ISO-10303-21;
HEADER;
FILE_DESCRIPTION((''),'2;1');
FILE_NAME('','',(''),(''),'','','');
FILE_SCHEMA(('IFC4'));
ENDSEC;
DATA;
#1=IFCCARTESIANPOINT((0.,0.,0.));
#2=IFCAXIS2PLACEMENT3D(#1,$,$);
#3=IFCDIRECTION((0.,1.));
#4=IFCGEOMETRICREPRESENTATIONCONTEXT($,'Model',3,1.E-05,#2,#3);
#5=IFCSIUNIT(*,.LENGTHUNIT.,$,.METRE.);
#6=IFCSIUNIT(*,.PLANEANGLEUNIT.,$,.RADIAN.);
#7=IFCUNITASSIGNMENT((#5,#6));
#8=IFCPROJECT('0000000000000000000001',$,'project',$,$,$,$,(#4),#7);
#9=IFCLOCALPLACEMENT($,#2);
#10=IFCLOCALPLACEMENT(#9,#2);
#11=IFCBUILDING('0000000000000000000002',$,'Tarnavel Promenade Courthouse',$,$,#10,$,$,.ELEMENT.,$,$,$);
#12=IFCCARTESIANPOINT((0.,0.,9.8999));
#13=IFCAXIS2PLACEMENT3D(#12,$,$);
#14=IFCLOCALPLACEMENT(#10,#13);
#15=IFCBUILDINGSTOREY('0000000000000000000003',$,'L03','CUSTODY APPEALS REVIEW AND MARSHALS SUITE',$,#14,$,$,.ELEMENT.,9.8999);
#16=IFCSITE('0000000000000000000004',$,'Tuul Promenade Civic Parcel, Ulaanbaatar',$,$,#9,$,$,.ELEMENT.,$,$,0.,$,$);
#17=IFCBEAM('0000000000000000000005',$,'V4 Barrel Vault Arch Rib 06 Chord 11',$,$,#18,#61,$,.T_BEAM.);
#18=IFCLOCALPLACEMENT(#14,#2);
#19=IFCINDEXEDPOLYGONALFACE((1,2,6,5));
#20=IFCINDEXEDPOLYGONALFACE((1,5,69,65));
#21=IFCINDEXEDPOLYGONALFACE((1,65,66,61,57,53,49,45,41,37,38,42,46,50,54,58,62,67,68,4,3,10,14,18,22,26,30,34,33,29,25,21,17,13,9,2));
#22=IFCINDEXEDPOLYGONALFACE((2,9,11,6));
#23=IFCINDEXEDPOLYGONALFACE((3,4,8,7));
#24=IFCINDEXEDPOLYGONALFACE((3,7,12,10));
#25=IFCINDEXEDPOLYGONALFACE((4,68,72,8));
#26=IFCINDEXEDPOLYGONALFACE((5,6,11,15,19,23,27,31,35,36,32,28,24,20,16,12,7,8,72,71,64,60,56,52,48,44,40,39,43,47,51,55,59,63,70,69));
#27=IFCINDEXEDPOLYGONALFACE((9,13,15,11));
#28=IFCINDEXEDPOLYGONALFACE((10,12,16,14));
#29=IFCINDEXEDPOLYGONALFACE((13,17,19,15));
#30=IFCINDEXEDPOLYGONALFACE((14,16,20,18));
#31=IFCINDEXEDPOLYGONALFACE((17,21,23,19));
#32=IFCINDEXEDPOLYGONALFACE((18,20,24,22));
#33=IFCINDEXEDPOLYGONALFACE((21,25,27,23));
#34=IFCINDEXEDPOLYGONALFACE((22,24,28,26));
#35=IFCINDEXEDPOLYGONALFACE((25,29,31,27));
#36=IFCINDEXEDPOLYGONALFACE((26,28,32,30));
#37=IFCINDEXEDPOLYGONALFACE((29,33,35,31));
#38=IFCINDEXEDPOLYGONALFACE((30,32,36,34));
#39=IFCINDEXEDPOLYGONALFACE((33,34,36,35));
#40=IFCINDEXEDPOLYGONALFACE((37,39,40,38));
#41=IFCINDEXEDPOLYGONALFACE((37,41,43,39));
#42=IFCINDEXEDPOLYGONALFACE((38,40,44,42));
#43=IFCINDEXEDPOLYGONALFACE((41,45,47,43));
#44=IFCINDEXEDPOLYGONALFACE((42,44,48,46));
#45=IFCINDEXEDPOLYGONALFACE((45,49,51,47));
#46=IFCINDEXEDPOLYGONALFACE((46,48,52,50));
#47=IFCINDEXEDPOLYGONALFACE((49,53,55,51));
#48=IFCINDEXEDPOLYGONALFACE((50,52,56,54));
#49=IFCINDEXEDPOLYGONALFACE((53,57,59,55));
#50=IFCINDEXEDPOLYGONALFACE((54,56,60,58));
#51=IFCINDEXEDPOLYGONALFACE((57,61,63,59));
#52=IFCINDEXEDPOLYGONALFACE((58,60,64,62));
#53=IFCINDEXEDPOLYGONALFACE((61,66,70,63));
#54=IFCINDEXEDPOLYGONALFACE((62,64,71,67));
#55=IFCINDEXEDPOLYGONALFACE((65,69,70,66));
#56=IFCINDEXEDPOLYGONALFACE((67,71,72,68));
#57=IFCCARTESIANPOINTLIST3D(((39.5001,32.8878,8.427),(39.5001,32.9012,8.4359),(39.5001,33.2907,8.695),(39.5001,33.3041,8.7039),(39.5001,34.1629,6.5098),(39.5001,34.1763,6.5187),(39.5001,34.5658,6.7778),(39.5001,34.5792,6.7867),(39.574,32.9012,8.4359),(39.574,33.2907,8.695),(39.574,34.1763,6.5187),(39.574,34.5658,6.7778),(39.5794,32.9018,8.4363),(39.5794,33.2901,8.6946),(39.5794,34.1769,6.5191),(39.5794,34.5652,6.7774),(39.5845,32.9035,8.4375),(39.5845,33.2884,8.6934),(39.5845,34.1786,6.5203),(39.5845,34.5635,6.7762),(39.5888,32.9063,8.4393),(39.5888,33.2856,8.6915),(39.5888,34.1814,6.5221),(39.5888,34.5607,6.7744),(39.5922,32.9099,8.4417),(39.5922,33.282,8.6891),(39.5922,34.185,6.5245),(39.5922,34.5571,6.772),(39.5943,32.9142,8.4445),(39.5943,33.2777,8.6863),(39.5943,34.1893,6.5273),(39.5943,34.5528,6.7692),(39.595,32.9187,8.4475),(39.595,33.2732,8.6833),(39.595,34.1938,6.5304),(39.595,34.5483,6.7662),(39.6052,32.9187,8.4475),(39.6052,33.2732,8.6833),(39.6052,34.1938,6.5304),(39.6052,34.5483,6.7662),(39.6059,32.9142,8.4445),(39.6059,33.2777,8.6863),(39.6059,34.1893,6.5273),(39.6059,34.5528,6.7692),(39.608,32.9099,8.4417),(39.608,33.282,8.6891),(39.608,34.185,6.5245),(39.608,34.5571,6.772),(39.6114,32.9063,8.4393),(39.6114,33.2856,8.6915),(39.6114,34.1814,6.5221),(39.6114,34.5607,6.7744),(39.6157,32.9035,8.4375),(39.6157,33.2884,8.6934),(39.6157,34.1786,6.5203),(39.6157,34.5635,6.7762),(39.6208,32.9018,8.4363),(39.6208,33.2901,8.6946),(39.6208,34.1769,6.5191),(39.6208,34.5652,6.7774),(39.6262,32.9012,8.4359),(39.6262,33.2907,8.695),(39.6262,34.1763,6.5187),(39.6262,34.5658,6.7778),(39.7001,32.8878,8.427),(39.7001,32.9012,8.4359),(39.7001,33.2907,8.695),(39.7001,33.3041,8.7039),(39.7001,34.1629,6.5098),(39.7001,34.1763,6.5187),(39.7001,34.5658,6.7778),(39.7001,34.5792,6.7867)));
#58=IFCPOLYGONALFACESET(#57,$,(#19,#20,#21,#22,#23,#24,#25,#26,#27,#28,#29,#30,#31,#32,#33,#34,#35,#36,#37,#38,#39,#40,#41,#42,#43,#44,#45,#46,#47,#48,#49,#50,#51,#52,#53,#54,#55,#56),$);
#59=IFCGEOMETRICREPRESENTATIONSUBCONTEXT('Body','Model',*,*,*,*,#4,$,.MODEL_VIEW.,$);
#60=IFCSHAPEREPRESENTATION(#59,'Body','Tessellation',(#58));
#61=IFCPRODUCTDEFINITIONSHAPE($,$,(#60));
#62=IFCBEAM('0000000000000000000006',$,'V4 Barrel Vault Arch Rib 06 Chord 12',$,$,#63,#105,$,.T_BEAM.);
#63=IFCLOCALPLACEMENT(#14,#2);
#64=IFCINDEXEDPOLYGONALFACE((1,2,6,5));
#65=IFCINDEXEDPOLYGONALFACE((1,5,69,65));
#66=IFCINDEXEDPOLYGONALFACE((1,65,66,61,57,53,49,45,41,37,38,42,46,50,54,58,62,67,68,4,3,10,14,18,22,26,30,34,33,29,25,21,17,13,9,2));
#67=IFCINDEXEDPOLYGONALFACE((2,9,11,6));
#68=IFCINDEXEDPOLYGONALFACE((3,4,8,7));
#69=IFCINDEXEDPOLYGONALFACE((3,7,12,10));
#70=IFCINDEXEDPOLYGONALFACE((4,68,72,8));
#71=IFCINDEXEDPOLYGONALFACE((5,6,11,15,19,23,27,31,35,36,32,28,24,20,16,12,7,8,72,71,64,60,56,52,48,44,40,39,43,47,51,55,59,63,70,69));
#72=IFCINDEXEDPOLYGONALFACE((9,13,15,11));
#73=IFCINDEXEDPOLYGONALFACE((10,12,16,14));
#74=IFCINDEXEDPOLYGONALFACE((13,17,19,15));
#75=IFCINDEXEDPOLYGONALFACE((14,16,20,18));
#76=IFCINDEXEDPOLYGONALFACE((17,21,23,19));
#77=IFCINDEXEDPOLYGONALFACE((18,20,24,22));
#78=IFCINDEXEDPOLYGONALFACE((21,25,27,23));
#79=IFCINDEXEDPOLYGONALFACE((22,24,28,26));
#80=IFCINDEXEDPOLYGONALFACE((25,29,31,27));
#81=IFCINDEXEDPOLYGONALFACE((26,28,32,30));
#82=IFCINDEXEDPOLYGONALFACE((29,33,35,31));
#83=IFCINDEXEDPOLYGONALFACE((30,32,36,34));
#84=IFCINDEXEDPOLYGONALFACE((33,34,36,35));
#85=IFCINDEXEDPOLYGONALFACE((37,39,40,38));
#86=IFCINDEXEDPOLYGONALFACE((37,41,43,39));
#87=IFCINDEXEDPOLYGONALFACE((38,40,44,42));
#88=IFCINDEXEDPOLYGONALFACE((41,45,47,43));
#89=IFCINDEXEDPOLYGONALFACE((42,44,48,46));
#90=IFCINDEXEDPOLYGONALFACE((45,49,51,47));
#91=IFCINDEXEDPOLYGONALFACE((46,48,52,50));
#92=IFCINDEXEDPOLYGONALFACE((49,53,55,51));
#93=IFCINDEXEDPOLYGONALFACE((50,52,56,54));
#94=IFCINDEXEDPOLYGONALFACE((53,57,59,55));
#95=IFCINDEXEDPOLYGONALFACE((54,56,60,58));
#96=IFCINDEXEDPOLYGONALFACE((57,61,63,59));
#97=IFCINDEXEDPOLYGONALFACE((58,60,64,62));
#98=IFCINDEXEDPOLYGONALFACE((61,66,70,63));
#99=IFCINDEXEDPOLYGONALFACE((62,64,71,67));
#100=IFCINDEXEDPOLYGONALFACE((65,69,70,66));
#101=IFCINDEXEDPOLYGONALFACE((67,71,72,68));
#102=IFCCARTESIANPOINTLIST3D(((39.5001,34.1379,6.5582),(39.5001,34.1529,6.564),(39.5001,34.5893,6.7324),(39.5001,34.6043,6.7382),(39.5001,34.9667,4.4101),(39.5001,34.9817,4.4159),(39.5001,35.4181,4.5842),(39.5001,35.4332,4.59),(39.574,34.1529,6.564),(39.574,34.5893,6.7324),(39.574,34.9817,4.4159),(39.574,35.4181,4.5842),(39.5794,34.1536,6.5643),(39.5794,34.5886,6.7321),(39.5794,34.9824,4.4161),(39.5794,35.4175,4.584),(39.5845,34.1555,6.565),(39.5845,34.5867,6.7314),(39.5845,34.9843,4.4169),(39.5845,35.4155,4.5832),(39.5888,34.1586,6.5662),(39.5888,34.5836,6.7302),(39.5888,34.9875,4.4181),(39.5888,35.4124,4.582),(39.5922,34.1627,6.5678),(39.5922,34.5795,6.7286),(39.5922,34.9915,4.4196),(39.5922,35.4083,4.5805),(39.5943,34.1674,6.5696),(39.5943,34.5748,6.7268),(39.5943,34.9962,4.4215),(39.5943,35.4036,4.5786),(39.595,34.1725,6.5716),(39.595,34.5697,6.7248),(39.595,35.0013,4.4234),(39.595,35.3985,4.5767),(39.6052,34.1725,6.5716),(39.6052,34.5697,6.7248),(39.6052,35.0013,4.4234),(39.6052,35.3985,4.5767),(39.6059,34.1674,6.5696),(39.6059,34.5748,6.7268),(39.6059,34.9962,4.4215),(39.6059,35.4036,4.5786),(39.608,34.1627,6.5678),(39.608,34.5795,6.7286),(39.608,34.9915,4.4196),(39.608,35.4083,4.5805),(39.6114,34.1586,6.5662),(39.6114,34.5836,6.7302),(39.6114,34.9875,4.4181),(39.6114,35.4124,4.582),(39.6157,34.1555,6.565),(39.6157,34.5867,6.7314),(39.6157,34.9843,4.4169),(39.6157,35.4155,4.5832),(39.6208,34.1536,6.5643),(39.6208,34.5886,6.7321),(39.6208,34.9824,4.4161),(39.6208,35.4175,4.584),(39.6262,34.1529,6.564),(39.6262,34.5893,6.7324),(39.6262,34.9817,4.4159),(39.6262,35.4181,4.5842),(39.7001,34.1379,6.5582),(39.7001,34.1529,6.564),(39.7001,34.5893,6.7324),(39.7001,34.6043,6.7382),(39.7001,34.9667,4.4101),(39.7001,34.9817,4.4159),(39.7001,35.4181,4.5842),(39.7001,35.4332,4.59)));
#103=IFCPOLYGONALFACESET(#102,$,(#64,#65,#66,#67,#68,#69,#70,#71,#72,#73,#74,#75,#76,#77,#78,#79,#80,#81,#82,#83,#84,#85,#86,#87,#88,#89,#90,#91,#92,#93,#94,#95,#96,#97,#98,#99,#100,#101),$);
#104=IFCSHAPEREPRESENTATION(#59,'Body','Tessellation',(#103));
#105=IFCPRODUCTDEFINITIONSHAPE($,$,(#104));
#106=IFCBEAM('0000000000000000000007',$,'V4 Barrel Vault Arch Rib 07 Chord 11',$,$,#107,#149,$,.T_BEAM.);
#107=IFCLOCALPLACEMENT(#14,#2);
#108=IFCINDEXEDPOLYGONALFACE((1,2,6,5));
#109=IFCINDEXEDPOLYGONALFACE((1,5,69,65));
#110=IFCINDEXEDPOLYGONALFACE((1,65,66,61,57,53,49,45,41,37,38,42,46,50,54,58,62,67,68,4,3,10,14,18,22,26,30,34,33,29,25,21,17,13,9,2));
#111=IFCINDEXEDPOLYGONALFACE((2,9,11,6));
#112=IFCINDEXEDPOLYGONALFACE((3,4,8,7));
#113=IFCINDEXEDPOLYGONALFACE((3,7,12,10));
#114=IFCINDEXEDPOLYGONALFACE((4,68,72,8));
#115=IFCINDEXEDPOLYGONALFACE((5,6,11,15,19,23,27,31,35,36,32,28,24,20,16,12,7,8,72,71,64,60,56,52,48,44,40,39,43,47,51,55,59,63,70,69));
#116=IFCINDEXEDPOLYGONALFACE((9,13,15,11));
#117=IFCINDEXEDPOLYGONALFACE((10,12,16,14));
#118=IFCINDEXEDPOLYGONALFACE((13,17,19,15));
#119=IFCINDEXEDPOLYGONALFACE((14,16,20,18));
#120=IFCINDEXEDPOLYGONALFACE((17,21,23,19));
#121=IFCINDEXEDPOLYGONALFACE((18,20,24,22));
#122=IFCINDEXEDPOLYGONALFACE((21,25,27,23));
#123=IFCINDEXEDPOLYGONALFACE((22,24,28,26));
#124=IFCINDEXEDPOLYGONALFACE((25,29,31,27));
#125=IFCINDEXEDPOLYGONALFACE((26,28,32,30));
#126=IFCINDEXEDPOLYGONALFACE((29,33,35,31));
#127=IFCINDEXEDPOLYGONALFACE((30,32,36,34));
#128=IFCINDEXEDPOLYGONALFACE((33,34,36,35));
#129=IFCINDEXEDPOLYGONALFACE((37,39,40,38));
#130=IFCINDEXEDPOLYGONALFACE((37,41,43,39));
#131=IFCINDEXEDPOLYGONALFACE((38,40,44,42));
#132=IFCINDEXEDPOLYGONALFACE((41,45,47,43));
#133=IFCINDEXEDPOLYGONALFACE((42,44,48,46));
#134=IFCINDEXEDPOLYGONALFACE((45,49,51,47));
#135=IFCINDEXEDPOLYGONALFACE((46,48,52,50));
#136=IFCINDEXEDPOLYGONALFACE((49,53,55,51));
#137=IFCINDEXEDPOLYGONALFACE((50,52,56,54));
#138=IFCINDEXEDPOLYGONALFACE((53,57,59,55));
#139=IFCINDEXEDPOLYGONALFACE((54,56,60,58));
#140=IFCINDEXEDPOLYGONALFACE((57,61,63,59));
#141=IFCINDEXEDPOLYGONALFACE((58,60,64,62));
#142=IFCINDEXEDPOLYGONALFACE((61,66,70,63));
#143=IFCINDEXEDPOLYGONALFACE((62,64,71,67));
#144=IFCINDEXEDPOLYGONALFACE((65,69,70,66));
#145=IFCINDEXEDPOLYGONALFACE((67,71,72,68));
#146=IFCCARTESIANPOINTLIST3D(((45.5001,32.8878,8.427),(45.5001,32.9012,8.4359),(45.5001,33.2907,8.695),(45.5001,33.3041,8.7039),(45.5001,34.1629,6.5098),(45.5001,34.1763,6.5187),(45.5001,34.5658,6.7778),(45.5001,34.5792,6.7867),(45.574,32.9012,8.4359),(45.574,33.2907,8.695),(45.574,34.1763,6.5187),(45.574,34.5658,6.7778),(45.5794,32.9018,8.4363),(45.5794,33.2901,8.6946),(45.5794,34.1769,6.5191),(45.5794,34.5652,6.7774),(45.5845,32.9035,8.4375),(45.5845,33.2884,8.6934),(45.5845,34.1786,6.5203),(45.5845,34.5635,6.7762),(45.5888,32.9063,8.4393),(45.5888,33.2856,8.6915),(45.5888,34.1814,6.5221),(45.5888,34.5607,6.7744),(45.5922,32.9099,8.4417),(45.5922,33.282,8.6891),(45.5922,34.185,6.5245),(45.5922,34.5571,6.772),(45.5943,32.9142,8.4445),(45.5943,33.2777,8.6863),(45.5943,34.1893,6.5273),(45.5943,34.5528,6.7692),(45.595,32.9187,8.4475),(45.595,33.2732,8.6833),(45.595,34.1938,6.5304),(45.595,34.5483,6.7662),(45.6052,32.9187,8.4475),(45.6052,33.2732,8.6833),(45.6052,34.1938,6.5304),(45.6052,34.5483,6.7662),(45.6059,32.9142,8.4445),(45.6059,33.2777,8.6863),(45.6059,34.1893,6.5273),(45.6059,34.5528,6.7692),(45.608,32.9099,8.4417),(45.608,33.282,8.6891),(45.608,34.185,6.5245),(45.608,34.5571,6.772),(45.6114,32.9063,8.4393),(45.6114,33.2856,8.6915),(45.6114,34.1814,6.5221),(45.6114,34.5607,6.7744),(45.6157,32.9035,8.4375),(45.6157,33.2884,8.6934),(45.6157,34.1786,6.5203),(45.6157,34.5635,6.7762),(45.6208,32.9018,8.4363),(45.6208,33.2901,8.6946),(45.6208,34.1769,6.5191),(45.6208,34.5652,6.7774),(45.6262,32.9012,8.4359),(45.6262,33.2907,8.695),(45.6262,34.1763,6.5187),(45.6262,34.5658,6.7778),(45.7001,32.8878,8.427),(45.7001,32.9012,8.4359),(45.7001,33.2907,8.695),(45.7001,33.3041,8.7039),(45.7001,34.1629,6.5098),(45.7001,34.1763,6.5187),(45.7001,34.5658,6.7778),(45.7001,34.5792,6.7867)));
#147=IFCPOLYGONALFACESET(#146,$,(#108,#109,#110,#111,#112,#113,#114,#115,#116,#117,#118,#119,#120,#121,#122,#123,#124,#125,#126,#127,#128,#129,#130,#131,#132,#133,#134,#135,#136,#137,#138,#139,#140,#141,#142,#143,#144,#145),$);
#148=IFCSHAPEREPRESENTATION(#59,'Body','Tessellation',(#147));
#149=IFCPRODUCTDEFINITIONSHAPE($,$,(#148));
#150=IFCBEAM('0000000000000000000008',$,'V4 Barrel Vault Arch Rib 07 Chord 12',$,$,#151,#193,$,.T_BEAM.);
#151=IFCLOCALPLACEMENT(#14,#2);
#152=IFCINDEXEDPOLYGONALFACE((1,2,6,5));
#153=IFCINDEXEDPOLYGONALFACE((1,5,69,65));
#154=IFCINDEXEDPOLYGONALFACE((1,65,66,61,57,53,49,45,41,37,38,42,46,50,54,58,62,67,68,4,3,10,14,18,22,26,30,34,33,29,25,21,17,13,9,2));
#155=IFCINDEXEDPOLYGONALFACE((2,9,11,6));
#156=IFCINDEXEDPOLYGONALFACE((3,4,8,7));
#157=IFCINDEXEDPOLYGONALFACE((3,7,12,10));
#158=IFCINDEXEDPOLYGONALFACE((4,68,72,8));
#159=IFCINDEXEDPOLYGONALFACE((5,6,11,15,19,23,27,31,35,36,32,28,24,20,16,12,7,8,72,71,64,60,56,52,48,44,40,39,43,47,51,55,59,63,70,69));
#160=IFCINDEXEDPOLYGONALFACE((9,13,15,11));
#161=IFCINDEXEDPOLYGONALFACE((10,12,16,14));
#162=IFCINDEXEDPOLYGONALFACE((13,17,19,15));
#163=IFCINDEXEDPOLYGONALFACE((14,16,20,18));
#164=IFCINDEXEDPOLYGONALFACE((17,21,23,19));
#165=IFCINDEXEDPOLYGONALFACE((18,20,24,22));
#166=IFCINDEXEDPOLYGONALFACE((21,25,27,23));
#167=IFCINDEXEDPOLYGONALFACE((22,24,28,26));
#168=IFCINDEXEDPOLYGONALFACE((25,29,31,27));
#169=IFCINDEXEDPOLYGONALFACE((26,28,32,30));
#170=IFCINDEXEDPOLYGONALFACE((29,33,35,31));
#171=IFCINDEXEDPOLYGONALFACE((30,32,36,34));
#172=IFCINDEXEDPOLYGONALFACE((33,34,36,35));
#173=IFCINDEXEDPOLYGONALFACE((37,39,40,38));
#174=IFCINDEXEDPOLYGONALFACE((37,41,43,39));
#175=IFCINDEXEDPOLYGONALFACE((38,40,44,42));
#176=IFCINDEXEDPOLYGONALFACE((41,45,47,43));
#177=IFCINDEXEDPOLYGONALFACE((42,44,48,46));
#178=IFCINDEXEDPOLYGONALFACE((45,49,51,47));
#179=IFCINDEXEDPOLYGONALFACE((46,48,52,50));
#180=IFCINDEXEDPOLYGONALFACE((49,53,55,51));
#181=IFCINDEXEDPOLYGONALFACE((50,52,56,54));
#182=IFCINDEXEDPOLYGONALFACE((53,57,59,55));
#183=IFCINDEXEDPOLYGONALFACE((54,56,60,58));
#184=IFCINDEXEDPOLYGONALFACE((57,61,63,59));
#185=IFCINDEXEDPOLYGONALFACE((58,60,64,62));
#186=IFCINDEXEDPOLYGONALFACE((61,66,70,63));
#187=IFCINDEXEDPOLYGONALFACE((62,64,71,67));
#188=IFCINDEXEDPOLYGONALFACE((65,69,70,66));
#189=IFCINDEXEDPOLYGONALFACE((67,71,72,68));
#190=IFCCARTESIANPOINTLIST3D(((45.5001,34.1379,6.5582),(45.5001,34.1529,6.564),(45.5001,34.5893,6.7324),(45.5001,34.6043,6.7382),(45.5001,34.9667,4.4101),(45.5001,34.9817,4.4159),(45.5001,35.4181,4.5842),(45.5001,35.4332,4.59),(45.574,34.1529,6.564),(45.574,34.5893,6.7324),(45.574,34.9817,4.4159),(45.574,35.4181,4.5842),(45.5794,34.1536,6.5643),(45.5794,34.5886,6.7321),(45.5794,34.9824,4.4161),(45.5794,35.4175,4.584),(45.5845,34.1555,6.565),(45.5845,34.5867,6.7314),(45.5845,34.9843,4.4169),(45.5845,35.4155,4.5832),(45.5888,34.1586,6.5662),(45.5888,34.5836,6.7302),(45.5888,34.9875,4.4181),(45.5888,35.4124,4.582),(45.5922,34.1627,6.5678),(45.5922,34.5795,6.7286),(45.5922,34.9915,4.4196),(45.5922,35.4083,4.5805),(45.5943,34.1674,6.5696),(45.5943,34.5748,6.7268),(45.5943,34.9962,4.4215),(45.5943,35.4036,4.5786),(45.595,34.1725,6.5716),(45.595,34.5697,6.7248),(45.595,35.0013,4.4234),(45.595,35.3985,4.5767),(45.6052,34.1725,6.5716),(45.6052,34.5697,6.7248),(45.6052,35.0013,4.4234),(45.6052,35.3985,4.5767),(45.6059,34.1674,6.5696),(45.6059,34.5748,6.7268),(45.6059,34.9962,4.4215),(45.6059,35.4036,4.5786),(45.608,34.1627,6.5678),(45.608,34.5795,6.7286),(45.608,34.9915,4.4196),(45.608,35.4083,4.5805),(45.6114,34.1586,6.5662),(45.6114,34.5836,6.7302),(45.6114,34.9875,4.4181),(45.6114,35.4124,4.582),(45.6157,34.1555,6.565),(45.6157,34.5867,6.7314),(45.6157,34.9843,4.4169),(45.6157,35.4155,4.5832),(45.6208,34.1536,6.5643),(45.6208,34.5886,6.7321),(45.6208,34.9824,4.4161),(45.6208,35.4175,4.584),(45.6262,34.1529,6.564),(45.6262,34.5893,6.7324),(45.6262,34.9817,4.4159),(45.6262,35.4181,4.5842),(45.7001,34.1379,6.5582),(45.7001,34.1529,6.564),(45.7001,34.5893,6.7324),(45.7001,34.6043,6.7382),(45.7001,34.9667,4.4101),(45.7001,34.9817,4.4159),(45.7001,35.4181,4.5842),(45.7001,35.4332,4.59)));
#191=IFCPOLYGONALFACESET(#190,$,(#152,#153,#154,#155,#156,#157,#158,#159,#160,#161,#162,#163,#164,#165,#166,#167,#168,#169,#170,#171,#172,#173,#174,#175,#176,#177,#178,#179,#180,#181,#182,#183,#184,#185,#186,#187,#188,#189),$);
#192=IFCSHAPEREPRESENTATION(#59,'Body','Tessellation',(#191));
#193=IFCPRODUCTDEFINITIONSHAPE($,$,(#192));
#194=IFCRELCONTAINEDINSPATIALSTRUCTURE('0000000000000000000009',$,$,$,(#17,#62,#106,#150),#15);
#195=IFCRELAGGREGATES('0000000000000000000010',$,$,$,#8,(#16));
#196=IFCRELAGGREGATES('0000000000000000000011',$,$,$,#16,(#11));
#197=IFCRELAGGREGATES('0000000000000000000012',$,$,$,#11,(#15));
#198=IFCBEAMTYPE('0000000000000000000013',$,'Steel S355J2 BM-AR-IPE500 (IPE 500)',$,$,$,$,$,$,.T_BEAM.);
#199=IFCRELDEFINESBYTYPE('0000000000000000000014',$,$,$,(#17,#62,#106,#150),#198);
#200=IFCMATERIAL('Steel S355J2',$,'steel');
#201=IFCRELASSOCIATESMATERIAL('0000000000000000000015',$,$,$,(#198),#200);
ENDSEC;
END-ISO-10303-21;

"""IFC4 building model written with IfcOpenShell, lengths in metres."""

from ifc_helpers import new_model, si_unit, direction, frame, origin, origin_2d, place, context, subcontext, project, spatial, i_section, extrude, material, material_profile, profile_set, type_object, element, save


model = new_model("IFC4")

# Units and contexts
model_context = context("Model", 3, precision=1e-05, world=origin(), true_north=direction((0.0, 1.0)))
body_context = subcontext(model_context, "Body", "Model", "MODEL_VIEW")
ifc_project = project(units=[si_unit("LENGTHUNIT", "METRE"), si_unit("PLANEANGLEUNIT", "RADIAN")], contexts=[model_context])

# Site, building, storey
site_placement = place(None, origin())
site = spatial("IfcSite", under=ifc_project, at=site_placement, Name="Tuul Promenade Civic Parcel, Ulaanbaatar", CompositionType="ELEMENT", RefElevation=0.0)
building_placement = place(site_placement, origin())
building = spatial("IfcBuilding", under=site, at=building_placement, Name="Tarnavel Promenade Courthouse", CompositionType="ELEMENT")
storey_placement = place(building_placement, frame((0.0, 0.0, 9.8999)))
storey = spatial("IfcBuildingStorey", under=building, at=storey_placement, Name="L03", Description="CUSTODY APPEALS REVIEW AND MARSHALS SUITE", CompositionType="ELEMENT", Elevation=9.8999)

# Beams
ifc_material_1 = material(Name="Steel S355J2", Category="steel")
ifc_material_profile_1 = material_profile(ifc_material_1, i_section(OverallWidth=0.2, OverallDepth=0.5, WebThickness=0.0103, FlangeThickness=0.0161, FilletRadius=0.021, at=origin_2d()), Name="IPE 500")
ifc_profile_set_1 = profile_set([ifc_material_profile_1], Name="Steel S355J2")
beam_type = type_object("IfcBeamType", Name="Steel S355J2 BM-AR-IPE500 (IPE 500)", PredefinedType="T_BEAM", material=ifc_profile_set_1)
for number, where, z_axis, x_axis, name in (
    (1, (39.6001, 33.0959, 8.5654), (0.0, 0.553795, -0.832653), (-1.0, 0.0, 0.0), "V4 Barrel Vault Arch Rib 06 Chord 11"),
    (2, (39.6001, 34.3711, 6.6482), (0.0, 0.359974, -0.932962), (-1.0, 0.0, 0.0), "V4 Barrel Vault Arch Rib 06 Chord 12"),
    (3, (45.6001, 33.0959, 8.5654), (0.0, 0.553795, -0.832653), (-1.0, 0.0, 0.0), "V4 Barrel Vault Arch Rib 07 Chord 11"),
    (4, (45.6001, 34.3711, 6.6482), (0.0, 0.359974, -0.932962), (-1.0, 0.0, 0.0), "V4 Barrel Vault Arch Rib 07 Chord 12"),
):
    element("IfcBeam", number, at=place(storey_placement, frame(where, z_axis=z_axis, x_axis=x_axis)), inside=storey, type_object=beam_type, Name=name, PredefinedType="T_BEAM", context=body_context, shape_type="SweptSolid", body=[
        extrude(i_section(OverallWidth=0.2, OverallDepth=0.5, WebThickness=0.0103, FlangeThickness=0.0161, FilletRadius=0.021, at=origin_2d()), origin(), (0.0, 0.0, 1.0), 2.3025),
    ])

save(model, "model.ifc")
